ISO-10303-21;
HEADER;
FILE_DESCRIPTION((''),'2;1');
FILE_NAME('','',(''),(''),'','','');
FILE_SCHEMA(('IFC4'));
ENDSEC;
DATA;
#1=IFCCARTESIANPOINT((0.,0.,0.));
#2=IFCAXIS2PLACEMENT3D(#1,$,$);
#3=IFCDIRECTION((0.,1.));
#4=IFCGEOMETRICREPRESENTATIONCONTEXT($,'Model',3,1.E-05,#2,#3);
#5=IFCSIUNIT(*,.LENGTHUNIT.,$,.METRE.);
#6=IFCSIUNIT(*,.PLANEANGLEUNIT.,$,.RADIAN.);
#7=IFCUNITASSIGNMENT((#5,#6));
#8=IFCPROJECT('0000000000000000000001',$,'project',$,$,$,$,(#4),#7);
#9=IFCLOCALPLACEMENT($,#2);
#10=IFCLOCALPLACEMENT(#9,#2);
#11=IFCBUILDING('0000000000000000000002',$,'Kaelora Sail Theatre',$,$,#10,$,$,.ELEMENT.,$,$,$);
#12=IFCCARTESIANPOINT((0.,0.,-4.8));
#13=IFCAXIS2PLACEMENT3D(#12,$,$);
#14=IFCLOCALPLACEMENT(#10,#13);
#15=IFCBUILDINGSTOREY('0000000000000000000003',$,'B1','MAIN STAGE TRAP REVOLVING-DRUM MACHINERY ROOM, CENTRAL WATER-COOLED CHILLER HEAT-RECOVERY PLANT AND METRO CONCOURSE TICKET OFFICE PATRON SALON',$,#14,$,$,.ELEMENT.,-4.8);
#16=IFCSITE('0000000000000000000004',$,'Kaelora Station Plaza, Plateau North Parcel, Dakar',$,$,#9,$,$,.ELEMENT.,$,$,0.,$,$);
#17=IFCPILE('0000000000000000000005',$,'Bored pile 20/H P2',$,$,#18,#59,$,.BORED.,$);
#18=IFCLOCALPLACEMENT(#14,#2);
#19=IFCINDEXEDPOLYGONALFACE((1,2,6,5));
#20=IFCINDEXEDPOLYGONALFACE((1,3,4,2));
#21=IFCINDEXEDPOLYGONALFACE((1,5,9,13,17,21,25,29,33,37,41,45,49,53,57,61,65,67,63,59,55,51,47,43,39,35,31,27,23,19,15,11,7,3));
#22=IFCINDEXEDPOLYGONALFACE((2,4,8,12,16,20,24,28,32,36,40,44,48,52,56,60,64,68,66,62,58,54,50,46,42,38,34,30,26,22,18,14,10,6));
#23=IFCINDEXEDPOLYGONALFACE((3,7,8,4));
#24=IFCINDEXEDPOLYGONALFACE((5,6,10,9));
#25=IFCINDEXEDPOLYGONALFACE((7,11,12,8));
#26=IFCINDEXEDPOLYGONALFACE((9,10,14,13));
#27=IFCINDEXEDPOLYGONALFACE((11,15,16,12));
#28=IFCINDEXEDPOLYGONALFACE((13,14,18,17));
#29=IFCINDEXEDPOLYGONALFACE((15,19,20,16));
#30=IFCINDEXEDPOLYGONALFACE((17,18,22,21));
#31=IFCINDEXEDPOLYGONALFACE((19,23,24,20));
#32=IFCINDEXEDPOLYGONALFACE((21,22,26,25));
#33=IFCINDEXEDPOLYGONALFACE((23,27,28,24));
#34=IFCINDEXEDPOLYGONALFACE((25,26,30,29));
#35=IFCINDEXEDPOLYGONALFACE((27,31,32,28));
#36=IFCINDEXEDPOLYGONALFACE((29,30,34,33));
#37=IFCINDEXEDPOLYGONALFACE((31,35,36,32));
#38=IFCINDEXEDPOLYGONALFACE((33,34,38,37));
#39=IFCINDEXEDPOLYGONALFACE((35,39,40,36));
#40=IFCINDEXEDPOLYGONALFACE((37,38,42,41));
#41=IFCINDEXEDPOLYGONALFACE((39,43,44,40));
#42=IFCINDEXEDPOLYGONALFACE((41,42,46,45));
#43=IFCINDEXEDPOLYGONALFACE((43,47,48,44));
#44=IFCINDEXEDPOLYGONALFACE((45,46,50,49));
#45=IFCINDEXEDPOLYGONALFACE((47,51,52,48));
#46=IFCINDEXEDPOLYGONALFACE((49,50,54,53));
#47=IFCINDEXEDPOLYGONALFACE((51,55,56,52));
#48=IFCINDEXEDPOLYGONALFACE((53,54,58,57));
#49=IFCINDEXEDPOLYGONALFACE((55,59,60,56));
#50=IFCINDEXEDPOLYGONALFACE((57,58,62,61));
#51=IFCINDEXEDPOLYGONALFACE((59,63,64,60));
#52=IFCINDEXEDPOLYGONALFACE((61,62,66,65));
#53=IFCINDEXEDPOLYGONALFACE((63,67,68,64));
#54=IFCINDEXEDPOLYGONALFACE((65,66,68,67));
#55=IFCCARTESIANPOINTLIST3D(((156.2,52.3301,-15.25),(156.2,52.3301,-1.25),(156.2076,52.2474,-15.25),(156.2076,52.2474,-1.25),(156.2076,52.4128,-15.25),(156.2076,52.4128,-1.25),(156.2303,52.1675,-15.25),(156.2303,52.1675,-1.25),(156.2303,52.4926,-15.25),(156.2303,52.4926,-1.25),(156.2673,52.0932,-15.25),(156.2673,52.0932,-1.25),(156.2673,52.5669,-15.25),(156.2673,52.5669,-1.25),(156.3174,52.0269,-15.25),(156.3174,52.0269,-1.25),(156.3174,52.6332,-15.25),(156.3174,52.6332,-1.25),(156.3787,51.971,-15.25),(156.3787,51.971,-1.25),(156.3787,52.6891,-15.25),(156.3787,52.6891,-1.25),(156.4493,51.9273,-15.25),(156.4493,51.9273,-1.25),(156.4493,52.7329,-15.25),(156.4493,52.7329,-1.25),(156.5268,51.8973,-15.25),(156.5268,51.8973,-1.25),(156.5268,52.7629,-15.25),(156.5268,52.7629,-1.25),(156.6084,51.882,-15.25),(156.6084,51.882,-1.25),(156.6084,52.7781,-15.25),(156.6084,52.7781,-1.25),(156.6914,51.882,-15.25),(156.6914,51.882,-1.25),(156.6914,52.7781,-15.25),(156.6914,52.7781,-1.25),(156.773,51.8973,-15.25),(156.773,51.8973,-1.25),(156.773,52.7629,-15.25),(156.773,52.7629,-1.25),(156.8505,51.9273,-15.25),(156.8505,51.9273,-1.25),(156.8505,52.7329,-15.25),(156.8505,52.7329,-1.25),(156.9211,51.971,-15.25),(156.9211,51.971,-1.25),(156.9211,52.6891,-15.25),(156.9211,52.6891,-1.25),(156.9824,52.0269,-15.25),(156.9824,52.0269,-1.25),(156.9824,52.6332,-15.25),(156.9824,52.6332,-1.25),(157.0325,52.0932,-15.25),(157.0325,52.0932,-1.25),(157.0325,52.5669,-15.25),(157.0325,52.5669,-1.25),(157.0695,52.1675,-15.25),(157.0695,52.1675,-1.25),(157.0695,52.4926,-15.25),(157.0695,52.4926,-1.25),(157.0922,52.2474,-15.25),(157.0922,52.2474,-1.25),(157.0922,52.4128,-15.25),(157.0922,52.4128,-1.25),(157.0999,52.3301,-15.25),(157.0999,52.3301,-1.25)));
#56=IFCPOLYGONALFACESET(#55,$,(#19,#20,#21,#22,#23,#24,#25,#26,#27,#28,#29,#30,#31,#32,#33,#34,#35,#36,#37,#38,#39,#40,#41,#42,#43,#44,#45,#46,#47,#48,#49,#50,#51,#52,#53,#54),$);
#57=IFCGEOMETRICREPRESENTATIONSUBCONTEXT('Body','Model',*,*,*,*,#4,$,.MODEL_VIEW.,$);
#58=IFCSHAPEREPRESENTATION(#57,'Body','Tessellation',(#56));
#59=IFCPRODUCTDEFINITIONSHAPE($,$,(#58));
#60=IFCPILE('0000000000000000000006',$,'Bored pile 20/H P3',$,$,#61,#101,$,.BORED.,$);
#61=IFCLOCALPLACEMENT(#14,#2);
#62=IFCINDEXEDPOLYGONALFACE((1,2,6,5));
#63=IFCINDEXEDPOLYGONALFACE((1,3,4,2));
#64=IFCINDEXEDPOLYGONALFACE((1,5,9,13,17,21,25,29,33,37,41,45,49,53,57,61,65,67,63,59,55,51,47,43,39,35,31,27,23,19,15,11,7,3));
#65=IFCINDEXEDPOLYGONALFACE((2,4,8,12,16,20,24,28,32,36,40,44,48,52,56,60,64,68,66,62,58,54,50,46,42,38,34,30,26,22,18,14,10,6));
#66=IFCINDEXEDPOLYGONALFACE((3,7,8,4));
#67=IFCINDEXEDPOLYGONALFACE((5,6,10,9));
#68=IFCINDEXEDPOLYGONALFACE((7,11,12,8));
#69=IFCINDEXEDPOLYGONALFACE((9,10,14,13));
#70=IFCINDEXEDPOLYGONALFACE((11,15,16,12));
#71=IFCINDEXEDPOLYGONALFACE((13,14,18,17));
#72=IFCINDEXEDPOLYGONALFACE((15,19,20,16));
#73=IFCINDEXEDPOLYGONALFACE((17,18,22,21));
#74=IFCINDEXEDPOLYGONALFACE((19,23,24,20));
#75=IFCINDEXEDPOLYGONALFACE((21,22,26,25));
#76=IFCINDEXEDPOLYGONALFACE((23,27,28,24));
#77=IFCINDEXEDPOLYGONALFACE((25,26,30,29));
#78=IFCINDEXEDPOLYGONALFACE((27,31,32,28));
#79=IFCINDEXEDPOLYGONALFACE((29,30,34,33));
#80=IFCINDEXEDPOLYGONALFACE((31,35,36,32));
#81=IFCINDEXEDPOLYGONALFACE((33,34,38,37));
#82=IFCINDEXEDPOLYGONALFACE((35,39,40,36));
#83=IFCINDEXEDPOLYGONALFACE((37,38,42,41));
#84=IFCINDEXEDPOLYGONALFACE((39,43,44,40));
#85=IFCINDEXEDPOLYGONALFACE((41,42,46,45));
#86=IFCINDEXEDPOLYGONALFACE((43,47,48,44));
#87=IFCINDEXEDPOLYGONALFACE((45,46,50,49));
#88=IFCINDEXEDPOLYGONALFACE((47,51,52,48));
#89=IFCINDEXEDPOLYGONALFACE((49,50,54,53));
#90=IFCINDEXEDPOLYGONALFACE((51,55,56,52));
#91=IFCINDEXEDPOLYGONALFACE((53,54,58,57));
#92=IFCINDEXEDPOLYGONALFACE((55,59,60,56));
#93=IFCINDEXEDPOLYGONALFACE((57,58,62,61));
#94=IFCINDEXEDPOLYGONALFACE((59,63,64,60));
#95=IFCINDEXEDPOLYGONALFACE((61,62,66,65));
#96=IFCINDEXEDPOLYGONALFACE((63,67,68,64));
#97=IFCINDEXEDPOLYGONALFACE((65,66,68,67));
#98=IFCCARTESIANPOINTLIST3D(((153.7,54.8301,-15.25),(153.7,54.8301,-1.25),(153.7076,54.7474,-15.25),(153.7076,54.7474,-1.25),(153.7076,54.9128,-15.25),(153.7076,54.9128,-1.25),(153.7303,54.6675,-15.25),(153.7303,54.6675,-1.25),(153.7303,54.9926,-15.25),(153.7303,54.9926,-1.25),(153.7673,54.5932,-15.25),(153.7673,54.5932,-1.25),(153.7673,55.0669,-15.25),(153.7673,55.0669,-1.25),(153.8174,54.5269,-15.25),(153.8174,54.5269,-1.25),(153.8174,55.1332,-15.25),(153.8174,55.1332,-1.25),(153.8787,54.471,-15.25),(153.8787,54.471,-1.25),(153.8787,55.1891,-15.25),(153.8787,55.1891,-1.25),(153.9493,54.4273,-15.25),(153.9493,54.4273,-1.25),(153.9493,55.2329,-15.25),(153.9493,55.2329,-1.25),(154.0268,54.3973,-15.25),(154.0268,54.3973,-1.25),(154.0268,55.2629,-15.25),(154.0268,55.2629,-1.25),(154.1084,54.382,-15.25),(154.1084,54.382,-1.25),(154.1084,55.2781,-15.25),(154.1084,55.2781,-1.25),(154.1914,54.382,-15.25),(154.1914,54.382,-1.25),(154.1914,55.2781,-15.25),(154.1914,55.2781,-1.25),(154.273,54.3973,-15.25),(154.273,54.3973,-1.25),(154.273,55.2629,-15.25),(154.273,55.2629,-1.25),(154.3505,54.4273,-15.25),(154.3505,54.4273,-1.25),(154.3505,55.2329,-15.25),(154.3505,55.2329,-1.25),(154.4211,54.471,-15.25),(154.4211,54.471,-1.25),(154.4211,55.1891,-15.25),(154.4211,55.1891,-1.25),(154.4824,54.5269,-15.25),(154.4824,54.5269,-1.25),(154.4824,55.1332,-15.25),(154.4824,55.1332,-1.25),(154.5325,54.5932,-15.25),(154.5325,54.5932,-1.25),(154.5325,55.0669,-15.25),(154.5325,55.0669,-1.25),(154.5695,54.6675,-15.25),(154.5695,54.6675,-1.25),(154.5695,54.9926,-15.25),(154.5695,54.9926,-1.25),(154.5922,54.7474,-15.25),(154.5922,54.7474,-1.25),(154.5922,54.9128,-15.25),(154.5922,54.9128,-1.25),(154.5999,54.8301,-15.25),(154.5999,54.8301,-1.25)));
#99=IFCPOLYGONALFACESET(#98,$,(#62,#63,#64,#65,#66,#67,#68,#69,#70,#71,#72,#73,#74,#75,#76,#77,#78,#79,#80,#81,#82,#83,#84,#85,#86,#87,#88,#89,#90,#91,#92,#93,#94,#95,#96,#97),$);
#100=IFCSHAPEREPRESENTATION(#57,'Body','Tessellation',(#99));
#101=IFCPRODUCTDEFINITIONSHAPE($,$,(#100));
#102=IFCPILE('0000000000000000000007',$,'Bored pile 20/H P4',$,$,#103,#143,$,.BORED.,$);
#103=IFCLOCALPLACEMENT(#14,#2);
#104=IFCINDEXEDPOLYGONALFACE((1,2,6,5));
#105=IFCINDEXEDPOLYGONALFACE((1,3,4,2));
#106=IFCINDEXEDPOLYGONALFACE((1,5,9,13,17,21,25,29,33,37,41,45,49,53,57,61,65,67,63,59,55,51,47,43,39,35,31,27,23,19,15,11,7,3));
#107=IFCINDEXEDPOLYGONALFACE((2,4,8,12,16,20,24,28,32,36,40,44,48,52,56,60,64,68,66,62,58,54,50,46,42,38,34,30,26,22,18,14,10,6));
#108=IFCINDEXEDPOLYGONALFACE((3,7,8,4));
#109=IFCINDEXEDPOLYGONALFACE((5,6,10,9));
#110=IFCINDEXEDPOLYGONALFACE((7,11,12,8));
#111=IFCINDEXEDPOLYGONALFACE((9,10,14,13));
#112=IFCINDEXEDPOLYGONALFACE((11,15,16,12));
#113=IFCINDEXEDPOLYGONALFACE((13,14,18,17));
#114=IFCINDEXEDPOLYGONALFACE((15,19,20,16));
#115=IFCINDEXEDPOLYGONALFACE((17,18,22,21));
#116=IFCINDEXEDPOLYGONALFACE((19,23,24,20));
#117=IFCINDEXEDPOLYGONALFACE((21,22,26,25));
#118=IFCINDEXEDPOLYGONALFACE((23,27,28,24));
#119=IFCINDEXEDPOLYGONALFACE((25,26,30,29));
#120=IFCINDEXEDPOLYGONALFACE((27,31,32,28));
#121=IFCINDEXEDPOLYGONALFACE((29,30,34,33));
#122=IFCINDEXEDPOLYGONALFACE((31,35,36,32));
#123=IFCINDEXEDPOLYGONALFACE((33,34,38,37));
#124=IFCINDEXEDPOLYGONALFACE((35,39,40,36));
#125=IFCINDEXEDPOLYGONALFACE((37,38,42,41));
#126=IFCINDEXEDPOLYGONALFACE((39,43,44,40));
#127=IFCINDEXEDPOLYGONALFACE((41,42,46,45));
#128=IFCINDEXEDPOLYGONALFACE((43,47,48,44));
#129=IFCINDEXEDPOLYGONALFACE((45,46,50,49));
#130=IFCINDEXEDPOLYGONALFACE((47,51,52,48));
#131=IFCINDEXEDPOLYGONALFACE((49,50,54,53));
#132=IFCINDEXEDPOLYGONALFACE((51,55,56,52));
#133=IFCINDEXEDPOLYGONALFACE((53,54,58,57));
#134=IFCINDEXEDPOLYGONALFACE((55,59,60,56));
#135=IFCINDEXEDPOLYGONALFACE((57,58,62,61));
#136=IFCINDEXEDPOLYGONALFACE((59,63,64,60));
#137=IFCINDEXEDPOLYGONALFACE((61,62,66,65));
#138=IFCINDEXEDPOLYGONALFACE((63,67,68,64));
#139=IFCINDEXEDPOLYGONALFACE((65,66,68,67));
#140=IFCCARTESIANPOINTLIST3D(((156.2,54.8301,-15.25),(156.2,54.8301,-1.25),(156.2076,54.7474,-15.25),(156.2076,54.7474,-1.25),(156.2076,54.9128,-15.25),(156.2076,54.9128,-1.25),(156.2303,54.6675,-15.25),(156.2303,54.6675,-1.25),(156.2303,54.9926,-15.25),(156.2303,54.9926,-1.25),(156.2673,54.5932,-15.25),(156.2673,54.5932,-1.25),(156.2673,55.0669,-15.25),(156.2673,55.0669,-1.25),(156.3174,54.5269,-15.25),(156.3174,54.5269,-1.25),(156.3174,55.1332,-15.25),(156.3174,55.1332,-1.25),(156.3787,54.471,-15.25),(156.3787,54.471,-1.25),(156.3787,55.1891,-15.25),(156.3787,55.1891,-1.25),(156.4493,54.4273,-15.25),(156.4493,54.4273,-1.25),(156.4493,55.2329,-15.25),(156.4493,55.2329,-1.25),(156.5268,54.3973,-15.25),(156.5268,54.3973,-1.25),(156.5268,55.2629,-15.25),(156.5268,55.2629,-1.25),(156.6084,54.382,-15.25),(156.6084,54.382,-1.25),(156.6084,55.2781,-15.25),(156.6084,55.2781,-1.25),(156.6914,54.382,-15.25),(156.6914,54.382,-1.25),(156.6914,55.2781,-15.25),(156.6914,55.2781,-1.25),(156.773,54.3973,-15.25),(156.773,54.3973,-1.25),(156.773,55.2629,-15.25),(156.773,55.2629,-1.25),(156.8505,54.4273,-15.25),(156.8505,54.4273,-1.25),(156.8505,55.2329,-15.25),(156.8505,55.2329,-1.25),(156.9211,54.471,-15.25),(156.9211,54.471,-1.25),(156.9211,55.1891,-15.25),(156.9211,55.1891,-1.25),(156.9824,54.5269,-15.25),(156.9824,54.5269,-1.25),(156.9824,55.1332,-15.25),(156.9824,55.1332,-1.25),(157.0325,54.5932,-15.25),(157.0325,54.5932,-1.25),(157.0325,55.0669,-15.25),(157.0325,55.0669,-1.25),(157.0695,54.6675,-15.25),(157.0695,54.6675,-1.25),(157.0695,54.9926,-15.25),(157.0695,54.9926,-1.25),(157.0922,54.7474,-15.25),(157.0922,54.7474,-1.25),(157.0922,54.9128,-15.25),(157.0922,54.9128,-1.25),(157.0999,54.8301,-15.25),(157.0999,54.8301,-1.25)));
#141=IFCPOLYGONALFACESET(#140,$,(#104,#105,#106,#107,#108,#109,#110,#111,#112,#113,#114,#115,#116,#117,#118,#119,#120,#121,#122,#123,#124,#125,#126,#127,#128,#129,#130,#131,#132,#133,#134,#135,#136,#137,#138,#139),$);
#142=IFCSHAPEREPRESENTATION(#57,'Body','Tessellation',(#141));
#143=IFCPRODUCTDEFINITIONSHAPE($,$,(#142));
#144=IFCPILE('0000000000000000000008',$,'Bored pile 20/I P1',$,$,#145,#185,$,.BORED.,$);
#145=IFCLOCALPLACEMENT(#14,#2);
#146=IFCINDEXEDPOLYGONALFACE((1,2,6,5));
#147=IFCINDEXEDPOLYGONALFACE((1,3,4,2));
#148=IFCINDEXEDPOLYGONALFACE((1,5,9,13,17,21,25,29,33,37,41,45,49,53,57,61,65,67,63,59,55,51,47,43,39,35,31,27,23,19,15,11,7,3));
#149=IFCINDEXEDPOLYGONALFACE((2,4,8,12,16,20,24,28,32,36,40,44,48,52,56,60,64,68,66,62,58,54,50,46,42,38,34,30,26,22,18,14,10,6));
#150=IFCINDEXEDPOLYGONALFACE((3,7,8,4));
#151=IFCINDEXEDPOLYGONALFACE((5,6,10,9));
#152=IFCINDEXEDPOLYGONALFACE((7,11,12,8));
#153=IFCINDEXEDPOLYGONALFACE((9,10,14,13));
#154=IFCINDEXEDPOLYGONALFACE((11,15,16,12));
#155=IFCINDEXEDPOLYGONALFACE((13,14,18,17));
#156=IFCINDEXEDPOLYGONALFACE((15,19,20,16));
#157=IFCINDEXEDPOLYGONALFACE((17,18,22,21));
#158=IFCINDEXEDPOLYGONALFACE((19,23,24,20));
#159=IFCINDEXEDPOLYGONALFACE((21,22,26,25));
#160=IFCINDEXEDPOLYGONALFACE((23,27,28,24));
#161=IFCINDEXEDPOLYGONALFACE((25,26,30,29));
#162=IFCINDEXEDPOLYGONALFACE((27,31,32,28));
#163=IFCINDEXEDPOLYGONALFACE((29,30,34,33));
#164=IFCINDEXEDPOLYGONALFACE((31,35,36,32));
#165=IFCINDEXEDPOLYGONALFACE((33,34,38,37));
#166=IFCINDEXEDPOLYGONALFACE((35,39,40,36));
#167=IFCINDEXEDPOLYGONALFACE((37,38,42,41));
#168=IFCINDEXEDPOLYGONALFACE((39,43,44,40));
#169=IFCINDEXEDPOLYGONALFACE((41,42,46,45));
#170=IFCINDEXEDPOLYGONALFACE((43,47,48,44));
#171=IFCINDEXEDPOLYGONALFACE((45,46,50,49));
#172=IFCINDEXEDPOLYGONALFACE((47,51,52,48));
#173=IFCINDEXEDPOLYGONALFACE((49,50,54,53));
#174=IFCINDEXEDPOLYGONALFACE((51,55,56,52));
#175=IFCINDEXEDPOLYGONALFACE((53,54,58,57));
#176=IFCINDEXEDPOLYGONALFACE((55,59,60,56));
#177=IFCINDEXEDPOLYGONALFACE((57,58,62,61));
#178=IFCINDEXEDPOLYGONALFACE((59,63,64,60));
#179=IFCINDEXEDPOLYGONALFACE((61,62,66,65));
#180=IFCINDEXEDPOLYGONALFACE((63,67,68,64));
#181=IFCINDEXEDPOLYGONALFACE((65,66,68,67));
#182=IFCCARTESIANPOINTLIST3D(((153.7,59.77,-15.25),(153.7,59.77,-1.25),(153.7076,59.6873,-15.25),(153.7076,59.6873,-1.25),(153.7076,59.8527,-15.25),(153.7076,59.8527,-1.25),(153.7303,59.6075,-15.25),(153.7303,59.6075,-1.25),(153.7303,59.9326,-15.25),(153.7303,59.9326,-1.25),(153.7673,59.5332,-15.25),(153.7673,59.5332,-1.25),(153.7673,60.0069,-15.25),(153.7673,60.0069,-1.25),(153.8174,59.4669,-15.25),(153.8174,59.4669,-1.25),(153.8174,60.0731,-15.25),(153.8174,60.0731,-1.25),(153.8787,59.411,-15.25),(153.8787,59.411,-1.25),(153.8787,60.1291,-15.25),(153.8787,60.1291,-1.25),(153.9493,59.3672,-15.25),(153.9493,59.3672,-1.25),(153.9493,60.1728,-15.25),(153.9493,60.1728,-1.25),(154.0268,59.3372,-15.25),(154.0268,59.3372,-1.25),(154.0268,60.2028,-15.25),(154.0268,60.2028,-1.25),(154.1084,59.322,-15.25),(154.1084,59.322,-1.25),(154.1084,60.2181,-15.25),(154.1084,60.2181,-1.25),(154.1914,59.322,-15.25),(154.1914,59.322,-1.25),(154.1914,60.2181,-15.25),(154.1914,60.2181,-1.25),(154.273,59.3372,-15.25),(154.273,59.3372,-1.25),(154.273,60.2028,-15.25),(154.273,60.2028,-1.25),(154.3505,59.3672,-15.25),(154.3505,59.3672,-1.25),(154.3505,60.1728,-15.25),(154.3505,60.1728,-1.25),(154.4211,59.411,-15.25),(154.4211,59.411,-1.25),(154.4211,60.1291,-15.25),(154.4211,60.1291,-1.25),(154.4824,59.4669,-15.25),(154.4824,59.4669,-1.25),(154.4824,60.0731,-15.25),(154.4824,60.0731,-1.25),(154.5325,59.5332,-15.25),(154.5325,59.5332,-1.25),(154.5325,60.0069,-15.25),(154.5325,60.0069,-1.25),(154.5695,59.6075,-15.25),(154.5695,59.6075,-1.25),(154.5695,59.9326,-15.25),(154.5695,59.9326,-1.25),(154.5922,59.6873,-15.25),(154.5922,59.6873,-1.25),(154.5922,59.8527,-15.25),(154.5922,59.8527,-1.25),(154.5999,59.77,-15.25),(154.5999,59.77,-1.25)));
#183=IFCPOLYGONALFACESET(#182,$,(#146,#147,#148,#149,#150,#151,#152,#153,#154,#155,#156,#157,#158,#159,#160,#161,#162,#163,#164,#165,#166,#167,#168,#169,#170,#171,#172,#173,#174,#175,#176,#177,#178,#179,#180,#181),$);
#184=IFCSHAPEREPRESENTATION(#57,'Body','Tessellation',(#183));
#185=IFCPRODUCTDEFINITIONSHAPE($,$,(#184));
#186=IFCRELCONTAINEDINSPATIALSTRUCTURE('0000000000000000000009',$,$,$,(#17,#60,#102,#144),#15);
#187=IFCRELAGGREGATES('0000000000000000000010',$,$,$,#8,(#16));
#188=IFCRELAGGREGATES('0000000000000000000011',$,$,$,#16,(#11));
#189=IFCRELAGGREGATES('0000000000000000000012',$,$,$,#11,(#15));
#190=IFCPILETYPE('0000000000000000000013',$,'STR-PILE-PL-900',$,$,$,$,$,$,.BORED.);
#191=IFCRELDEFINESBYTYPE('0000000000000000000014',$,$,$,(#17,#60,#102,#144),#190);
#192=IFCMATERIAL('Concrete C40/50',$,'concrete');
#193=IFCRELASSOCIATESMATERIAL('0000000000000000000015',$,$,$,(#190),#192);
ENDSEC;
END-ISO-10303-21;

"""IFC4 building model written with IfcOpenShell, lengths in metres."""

from ifc_helpers import new_model, si_unit, direction, frame, origin, origin_2d, place, context, subcontext, project, spatial, circle, extrude, material, material_profile, profile_set, type_object, element, save


model = new_model("IFC4")

# Units and contexts
model_context = context("Model", 3, precision=1e-05, world=origin(), true_north=direction((0.0, 1.0)))
body_context = subcontext(model_context, "Body", "Model", "MODEL_VIEW")
ifc_project = project(units=[si_unit("LENGTHUNIT", "METRE"), si_unit("PLANEANGLEUNIT", "RADIAN")], contexts=[model_context])

# Site, building, storey
site_placement = place(None, origin())
site = spatial("IfcSite", under=ifc_project, at=site_placement, Name="Kaelora Station Plaza, Plateau North Parcel, Dakar", CompositionType="ELEMENT", RefElevation=0.0)
building_placement = place(site_placement, origin())
building = spatial("IfcBuilding", under=site, at=building_placement, Name="Kaelora Sail Theatre", CompositionType="ELEMENT")
storey_placement = place(building_placement, frame((0.0, 0.0, -4.8)))
storey = spatial("IfcBuildingStorey", under=building, at=storey_placement, Name="B1", Description="MAIN STAGE TRAP REVOLVING-DRUM MACHINERY ROOM, CENTRAL WATER-COOLED CHILLER HEAT-RECOVERY PLANT AND METRO CONCOURSE TICKET OFFICE PATRON SALON", CompositionType="ELEMENT", Elevation=-4.8)

# Piles
ifc_material_1 = material(Name="Concrete C40/50", Category="concrete")
ifc_material_profile_1 = material_profile(ifc_material_1, circle(Radius=0.45, at=origin_2d()), Name="PILE D900")
ifc_profile_set_1 = profile_set([ifc_material_profile_1], Name="Concrete C40/50")
pile_type = type_object("IfcPileType", Name="STR-PILE-PL-900", PredefinedType="BORED", material=ifc_profile_set_1)
for number, where, z_axis, x_axis, name in (
    (1, (156.6499, 52.3301, -1.25), (0.0, 0.0, -1.0), (1.0, 0.0, 0.0), "Bored pile 20/H P2"),
    (2, (154.1499, 54.8301, -1.25), (0.0, 0.0, -1.0), (1.0, 0.0, 0.0), "Bored pile 20/H P3"),
    (3, (156.6499, 54.8301, -1.25), (0.0, 0.0, -1.0), (1.0, 0.0, 0.0), "Bored pile 20/H P4"),
    (4, (154.1499, 59.77, -1.25), (0.0, 0.0, -1.0), (1.0, 0.0, 0.0), "Bored pile 20/I P1"),
):
    element("IfcPile", number, at=place(storey_placement, frame(where, z_axis=z_axis, x_axis=x_axis)), inside=storey, type_object=pile_type, Name=name, PredefinedType="BORED", context=body_context, shape_type="SweptSolid", body=[
        extrude(circle(Radius=0.45, at=origin_2d()), origin(), (0.0, 0.0, 1.0), 14.0),
    ])

save(model, "model.ifc")
